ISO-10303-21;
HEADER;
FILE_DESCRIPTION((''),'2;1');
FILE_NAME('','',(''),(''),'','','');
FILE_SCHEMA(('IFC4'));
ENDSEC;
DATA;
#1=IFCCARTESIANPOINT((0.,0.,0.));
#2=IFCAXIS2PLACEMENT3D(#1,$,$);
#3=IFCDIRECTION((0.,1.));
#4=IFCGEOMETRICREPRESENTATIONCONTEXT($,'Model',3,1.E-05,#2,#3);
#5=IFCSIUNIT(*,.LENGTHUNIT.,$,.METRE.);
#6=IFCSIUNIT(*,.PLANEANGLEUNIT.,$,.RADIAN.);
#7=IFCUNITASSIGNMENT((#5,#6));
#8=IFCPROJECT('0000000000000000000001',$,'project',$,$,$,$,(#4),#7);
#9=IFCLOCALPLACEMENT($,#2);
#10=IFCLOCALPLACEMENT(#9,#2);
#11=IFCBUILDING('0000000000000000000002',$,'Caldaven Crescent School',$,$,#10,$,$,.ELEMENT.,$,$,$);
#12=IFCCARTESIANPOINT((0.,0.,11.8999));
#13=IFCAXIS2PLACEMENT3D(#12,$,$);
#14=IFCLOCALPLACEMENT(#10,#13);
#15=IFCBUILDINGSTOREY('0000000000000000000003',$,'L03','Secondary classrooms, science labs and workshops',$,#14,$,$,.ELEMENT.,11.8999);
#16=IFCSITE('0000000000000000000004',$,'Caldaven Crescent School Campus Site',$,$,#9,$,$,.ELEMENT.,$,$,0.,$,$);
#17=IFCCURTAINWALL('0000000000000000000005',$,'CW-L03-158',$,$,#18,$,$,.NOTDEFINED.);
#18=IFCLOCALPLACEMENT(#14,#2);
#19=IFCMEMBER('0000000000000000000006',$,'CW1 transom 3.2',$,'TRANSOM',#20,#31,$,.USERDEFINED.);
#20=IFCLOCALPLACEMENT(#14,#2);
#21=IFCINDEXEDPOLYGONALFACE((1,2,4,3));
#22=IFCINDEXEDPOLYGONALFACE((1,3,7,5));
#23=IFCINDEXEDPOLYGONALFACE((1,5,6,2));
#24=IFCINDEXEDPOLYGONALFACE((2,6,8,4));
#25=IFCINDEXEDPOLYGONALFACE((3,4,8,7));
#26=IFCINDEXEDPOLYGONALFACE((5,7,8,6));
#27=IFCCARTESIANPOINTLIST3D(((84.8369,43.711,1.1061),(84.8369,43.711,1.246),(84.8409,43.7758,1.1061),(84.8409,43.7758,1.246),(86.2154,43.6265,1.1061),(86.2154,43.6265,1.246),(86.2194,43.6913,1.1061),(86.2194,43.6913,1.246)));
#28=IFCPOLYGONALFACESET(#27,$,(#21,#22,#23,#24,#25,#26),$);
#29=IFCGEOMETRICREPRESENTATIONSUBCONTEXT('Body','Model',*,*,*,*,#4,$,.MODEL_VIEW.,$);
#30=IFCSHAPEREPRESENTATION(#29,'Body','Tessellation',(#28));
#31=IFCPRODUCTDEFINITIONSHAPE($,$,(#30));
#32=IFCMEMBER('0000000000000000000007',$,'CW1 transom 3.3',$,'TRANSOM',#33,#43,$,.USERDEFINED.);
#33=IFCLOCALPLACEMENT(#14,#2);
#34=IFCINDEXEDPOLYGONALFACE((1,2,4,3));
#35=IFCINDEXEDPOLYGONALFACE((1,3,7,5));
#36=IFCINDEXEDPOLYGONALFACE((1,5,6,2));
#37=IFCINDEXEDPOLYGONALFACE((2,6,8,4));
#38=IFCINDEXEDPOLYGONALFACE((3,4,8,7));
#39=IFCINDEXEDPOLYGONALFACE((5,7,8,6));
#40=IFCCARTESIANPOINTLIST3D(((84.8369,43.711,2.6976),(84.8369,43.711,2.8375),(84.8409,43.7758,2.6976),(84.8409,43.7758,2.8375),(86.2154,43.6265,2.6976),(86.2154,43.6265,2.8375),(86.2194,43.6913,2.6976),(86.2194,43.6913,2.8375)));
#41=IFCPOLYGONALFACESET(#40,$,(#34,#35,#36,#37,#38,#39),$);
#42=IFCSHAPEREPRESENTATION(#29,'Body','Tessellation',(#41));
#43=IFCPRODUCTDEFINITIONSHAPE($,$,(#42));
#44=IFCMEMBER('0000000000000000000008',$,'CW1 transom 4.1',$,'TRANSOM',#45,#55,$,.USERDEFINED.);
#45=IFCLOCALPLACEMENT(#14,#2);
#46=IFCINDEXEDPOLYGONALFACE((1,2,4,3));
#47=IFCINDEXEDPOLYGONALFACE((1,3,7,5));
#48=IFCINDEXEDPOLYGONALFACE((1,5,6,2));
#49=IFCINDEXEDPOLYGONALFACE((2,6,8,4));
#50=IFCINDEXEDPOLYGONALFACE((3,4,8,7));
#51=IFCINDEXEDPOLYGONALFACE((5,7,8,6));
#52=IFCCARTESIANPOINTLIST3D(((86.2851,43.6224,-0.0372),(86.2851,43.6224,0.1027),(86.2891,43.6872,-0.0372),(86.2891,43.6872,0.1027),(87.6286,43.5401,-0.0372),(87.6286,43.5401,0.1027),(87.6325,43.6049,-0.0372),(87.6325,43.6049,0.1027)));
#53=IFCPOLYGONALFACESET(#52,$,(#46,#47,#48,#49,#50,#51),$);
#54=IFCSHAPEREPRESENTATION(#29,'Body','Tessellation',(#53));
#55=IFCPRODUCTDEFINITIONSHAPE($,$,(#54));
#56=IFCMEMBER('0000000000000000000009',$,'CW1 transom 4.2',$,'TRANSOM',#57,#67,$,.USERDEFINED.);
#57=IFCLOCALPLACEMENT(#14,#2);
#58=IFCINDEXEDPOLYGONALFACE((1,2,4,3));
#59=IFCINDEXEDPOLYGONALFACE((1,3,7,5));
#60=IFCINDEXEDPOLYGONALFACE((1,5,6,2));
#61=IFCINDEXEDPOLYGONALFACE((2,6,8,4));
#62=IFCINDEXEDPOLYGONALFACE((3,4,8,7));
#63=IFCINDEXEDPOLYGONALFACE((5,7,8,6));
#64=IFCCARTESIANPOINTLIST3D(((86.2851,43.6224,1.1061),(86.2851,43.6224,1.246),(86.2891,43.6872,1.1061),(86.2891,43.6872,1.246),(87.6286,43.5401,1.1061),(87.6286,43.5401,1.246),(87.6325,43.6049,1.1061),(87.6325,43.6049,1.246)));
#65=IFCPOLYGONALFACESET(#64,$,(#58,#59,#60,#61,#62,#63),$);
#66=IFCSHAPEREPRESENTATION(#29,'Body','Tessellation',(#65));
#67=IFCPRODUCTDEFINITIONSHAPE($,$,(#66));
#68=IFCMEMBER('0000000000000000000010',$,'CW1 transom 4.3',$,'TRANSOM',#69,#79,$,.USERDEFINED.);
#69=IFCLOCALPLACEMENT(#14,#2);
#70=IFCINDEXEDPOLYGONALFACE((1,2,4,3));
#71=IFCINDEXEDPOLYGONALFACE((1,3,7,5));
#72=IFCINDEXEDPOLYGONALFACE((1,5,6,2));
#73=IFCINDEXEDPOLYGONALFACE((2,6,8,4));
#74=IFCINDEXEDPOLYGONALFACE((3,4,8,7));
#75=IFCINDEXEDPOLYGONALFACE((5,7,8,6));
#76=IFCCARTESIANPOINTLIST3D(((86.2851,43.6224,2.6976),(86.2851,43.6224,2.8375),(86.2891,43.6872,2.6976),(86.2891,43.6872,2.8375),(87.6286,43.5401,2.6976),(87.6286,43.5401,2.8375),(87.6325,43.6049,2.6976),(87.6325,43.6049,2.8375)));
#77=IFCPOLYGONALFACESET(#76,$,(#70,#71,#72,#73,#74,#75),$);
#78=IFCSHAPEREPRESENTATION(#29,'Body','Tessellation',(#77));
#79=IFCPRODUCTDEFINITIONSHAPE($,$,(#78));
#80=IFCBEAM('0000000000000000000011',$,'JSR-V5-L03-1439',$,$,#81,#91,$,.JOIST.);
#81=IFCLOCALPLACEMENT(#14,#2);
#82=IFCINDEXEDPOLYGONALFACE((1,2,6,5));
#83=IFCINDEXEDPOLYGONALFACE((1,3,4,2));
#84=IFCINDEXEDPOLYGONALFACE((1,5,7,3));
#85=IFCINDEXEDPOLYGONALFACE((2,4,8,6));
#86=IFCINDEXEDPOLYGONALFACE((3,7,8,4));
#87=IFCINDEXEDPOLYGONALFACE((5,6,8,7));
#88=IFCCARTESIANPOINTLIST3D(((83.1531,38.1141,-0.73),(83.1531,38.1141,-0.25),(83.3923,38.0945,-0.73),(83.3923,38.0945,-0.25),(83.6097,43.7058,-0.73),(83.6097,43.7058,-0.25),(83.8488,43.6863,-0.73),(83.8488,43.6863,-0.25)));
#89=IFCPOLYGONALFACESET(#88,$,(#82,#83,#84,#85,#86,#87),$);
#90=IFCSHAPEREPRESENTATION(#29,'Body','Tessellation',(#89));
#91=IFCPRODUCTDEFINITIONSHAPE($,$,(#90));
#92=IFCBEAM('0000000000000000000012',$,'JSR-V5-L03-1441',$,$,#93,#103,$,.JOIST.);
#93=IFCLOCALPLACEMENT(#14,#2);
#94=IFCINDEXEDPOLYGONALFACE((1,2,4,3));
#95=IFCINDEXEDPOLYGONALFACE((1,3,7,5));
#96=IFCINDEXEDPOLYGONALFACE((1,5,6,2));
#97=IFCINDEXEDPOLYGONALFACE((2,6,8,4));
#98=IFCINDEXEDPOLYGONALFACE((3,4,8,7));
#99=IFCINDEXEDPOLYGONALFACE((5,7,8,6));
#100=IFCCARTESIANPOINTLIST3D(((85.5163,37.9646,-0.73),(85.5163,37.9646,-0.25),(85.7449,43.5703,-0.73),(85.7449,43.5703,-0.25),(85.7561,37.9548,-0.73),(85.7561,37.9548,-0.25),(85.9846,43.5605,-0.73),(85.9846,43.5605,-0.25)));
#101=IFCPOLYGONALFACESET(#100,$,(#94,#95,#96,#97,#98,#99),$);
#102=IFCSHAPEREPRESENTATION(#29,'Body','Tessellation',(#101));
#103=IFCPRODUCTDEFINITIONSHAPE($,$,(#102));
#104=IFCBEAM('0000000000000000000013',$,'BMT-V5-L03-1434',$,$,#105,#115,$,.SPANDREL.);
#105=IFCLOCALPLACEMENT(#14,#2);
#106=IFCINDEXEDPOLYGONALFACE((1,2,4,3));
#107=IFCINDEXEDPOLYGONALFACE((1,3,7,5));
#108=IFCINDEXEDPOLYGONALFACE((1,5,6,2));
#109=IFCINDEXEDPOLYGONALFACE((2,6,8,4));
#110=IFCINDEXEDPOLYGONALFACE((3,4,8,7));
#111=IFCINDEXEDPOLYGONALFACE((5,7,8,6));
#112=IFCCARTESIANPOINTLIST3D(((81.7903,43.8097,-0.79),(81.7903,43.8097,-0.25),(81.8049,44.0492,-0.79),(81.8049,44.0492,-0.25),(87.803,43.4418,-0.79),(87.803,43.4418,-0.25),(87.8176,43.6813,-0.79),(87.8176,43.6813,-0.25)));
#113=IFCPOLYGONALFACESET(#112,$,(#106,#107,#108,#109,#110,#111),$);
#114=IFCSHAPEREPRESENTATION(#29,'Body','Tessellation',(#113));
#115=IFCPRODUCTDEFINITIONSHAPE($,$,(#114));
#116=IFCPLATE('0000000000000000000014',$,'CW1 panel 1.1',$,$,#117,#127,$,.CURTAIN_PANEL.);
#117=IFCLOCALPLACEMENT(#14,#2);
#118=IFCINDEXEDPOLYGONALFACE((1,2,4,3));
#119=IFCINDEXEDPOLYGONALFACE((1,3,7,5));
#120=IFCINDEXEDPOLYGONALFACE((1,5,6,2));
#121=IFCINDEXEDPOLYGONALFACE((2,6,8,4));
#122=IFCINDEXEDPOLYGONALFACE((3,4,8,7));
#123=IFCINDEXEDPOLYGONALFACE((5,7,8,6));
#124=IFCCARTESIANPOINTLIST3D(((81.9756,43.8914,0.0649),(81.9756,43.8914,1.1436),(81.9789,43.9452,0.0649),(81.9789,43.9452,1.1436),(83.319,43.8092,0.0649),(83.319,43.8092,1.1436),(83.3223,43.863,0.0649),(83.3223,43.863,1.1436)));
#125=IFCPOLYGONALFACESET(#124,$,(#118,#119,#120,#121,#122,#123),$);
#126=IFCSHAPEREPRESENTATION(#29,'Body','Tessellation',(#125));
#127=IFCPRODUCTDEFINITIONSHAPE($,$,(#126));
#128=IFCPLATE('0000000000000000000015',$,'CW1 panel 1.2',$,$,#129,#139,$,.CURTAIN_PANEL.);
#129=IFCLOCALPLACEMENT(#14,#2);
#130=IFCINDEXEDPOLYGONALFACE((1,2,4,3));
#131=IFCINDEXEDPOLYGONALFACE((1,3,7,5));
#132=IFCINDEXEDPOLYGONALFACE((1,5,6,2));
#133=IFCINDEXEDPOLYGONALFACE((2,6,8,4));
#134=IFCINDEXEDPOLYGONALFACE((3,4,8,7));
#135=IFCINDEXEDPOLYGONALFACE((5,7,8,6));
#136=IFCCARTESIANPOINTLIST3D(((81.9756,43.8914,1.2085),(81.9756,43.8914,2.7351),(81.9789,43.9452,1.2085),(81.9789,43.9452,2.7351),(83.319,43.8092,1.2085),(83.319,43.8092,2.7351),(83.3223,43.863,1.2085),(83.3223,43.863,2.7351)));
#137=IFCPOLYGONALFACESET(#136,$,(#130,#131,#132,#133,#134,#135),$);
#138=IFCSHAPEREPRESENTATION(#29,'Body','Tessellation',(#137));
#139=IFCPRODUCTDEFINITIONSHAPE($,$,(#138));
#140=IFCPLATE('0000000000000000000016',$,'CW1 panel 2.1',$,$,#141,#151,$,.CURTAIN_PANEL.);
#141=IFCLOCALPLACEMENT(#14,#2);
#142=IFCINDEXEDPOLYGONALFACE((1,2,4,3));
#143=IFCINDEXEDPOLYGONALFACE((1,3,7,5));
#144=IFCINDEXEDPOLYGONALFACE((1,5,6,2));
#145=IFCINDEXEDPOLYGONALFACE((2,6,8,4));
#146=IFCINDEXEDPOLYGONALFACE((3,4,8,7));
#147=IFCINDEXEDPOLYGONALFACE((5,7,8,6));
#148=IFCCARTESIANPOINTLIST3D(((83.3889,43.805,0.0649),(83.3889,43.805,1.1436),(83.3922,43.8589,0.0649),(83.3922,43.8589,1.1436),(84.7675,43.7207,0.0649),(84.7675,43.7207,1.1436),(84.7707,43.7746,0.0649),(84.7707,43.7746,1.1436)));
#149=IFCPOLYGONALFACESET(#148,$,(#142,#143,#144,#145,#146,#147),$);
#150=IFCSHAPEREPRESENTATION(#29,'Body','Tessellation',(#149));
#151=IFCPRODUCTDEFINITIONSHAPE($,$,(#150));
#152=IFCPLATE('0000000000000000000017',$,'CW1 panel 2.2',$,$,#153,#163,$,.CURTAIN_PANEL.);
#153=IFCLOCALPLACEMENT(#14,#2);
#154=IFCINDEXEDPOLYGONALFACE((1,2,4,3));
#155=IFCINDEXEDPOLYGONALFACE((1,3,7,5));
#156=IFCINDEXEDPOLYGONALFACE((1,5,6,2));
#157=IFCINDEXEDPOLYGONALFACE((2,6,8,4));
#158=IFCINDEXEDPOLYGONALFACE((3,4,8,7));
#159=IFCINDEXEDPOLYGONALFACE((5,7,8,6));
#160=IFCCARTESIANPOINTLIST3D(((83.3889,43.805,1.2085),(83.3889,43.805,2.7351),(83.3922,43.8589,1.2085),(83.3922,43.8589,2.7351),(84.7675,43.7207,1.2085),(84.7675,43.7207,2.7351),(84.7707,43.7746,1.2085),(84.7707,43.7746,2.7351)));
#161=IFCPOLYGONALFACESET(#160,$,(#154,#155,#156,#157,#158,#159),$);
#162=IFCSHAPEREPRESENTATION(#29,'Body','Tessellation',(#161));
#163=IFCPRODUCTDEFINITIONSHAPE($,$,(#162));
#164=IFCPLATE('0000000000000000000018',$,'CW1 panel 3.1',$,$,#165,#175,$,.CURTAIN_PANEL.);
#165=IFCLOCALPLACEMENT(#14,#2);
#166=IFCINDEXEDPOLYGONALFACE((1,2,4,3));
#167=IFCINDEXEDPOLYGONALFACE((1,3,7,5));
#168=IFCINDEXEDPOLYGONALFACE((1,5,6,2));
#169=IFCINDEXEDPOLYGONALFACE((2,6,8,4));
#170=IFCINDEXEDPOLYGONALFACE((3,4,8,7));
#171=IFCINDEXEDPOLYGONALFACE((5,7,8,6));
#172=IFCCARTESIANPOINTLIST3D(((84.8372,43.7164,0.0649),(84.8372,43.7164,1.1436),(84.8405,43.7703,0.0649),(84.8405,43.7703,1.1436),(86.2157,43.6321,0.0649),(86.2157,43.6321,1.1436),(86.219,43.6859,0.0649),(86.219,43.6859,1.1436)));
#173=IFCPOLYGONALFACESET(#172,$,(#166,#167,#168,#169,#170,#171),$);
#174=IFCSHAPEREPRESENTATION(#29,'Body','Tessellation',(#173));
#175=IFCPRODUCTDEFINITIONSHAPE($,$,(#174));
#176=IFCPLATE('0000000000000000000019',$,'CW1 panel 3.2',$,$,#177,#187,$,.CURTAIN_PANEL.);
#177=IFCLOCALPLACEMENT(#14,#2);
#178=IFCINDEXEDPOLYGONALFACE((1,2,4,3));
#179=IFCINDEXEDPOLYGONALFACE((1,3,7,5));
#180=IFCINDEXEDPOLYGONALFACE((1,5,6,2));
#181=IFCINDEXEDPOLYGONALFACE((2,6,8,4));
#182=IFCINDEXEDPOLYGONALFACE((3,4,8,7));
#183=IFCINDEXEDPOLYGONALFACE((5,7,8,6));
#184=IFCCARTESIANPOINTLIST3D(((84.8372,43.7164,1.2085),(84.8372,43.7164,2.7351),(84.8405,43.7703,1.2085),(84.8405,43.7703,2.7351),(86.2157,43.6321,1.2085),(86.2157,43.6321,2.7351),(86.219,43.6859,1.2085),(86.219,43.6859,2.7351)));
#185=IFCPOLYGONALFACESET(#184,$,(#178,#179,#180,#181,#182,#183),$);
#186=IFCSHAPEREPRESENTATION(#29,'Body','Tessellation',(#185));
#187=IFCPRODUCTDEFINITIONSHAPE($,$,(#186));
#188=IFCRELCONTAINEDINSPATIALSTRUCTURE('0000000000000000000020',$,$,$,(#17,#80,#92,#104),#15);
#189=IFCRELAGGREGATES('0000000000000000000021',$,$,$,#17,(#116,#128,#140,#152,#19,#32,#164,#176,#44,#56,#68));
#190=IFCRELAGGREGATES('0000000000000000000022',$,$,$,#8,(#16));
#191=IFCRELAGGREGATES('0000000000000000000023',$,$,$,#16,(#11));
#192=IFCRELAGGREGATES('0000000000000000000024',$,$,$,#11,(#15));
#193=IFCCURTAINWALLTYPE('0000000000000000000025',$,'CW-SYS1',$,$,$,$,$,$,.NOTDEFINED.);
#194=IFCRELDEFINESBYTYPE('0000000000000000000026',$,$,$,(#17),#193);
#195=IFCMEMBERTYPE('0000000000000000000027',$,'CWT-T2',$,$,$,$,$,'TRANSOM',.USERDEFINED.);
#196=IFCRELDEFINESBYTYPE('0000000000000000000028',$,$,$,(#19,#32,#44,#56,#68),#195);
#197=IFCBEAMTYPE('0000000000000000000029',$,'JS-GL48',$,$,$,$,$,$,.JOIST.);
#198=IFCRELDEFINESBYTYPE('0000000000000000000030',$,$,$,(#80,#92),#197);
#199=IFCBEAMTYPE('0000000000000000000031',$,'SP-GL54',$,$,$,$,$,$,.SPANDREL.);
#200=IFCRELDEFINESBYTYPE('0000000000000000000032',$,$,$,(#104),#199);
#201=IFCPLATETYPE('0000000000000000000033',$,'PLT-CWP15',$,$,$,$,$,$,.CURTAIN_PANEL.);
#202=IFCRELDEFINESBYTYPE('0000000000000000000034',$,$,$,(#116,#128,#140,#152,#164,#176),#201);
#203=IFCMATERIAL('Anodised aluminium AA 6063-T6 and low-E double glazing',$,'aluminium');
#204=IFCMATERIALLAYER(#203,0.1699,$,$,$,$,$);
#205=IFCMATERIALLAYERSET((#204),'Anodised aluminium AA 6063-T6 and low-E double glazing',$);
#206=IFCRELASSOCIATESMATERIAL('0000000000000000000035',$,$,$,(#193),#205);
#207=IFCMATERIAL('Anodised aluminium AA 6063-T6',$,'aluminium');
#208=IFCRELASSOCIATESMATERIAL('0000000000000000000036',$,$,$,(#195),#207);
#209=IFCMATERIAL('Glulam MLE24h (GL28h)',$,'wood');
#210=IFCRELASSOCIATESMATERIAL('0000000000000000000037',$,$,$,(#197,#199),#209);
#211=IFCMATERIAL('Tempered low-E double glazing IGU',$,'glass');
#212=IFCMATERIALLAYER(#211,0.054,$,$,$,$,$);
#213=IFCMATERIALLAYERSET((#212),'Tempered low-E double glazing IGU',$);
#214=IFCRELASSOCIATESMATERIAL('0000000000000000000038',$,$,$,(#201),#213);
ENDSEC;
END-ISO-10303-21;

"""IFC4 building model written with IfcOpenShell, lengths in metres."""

from ifc_helpers import new_model, si_unit, direction, frame, origin, origin_2d, place, context, subcontext, project, spatial, rectangle, extrude, material, layer, layer_set, material_profile, profile_set, type_object, element, aggregate, save


model = new_model("IFC4")

# Units and contexts
model_context = context("Model", 3, precision=1e-05, world=origin(), true_north=direction((0.0, 1.0)))
body_context = subcontext(model_context, "Body", "Model", "MODEL_VIEW")
ifc_project = project(units=[si_unit("LENGTHUNIT", "METRE"), si_unit("PLANEANGLEUNIT", "RADIAN")], contexts=[model_context])

# Site, building, storey
site_placement = place(None, origin())
site = spatial("IfcSite", under=ifc_project, at=site_placement, Name="Caldaven Crescent School Campus Site", CompositionType="ELEMENT", RefElevation=0.0)
building_placement = place(site_placement, origin())
building = spatial("IfcBuilding", under=site, at=building_placement, Name="Caldaven Crescent School", CompositionType="ELEMENT")
storey_placement = place(building_placement, frame((0.0, 0.0, 11.8999)))
storey = spatial("IfcBuildingStorey", under=building, at=storey_placement, Name="L03", Description="Secondary classrooms, science labs and workshops", CompositionType="ELEMENT", Elevation=11.8999)

# Shared definitions
ifc_material_1 = material(Name="Glulam MLE24h (GL28h)", Category="wood")

# Shared definitions
ifc_material_2 = material(Name="Anodised aluminium AA 6063-T6 and low-E double glazing", Category="aluminium")
ifc_material_3 = material(Name="Anodised aluminium AA 6063-T6", Category="aluminium")

# Curtain wall, members
ifc_layer_1 = layer(ifc_material_2, 0.1699)
ifc_layer_set_1 = layer_set([ifc_layer_1], Name="Anodised aluminium AA 6063-T6 and low-E double glazing")
curtain_wall_type_1 = type_object("IfcCurtainWallType", Name="CW-SYS1", PredefinedType="NOTDEFINED", material=ifc_layer_set_1)
curtain_wall_1_placement = place(storey_placement, origin())
curtain_wall_1 = element("IfcCurtainWall", 1, at=curtain_wall_1_placement, inside=storey, type_object=curtain_wall_type_1, Name="CW-L03-158", PredefinedType="NOTDEFINED")
ifc_material_profile_1 = material_profile(ifc_material_3, rectangle(XDim=0.0649, YDim=0.1399, at=origin_2d()), Name="CWT 65x140")
ifc_profile_set_1 = profile_set([ifc_material_profile_1], Name="Anodised aluminium AA 6063-T6")
member_type_1 = type_object("IfcMemberType", Name="CWT-T2", ElementType="TRANSOM", PredefinedType="USERDEFINED", material=ifc_profile_set_1)
member_1_placement = place(storey_placement, frame((84.8389, 43.7434, 1.176), z_axis=(0.998128, -0.061168, 0.0), x_axis=(0.061168, 0.998128, 0.0)))
member_1 = element("IfcMember", 2, at=member_1_placement, type_object=member_type_1, Name="CW1 transom 3.2", ObjectType="TRANSOM", PredefinedType="USERDEFINED", context=body_context, shape_type="SweptSolid", body=[
    extrude(rectangle(XDim=0.0649, YDim=0.1399, at=origin_2d()), origin(), (0.0, 0.0, 1.0), 1.3811),
])
member_2_placement = place(storey_placement, frame((84.8389, 43.7434, 2.7676), z_axis=(0.998128, -0.061168, 0.0), x_axis=(0.061168, 0.998128, 0.0)))
member_2 = element("IfcMember", 3, at=member_2_placement, type_object=member_type_1, Name="CW1 transom 3.3", ObjectType="TRANSOM", PredefinedType="USERDEFINED", context=body_context, shape_type="SweptSolid", body=[
    extrude(rectangle(XDim=0.0649, YDim=0.1399, at=origin_2d()), origin(), (0.0, 0.0, 1.0), 1.3811),
])
member_3_placement = place(storey_placement, frame((86.2871, 43.6548, 0.0327), z_axis=(0.99813, -0.061125, 0.0), x_axis=(0.061125, 0.99813, 0.0)))
member_3 = element("IfcMember", 4, at=member_3_placement, type_object=member_type_1, Name="CW1 transom 4.1", ObjectType="TRANSOM", PredefinedType="USERDEFINED", context=body_context, shape_type="SweptSolid", body=[
    extrude(rectangle(XDim=0.0649, YDim=0.1399, at=origin_2d()), origin(), (0.0, 0.0, 1.0), 1.3459),
])
member_4_placement = place(storey_placement, frame((86.2871, 43.6548, 1.176), z_axis=(0.99813, -0.061125, 0.0), x_axis=(0.061125, 0.99813, 0.0)))
member_4 = element("IfcMember", 5, at=member_4_placement, type_object=member_type_1, Name="CW1 transom 4.2", ObjectType="TRANSOM", PredefinedType="USERDEFINED", context=body_context, shape_type="SweptSolid", body=[
    extrude(rectangle(XDim=0.0649, YDim=0.1399, at=origin_2d()), origin(), (0.0, 0.0, 1.0), 1.3459),
])
member_5_placement = place(storey_placement, frame((86.2871, 43.6548, 2.7676), z_axis=(0.99813, -0.061125, 0.0), x_axis=(0.061125, 0.99813, 0.0)))
member_5 = element("IfcMember", 6, at=member_5_placement, type_object=member_type_1, Name="CW1 transom 4.3", ObjectType="TRANSOM", PredefinedType="USERDEFINED", context=body_context, shape_type="SweptSolid", body=[
    extrude(rectangle(XDim=0.0649, YDim=0.1399, at=origin_2d()), origin(), (0.0, 0.0, 1.0), 1.3459),
])

# Beams
ifc_material_profile_2 = material_profile(ifc_material_1, rectangle(XDim=0.24, YDim=0.48, at=origin_2d()), Name="MLE 240x480")
ifc_profile_set_2 = profile_set([ifc_material_profile_2], Name="Glulam MLE24h (GL28h)")
beam_type_1 = type_object("IfcBeamType", Name="JS-GL48", PredefinedType="JOIST", material=ifc_profile_set_2)
for number, where, z_axis, x_axis, name in (
    (7, (83.7292, 43.696, -0.49), (-0.081374, -0.996684, 0.0), (0.996684, -0.081374, 0.0), "JSR-V5-L03-1439"),
    (8, (85.8647, 43.5654, -0.49), (-0.040731, -0.99917, 0.0), (0.99917, -0.040731, 0.0), "JSR-V5-L03-1441"),
):
    element("IfcBeam", number, at=place(storey_placement, frame(where, z_axis=z_axis, x_axis=x_axis)), inside=storey, type_object=beam_type_1, Name=name, PredefinedType="JOIST", context=body_context, shape_type="SweptSolid", body=[
        extrude(rectangle(XDim=0.24, YDim=0.48, at=origin_2d()), origin(), (0.0, 0.0, 1.0), 5.6104),
    ])
ifc_material_profile_3 = material_profile(ifc_material_1, rectangle(XDim=0.24, YDim=0.54, at=origin_2d()), Name="MLE 240x540")
ifc_profile_set_3 = profile_set([ifc_material_profile_3], Name="Glulam MLE24h (GL28h)")
beam_type_2 = type_object("IfcBeamType", Name="SP-GL54", PredefinedType="SPANDREL", material=ifc_profile_set_3)
beam_1_placement = place(storey_placement, frame((81.7976, 43.9294, -0.52), z_axis=(0.998133, -0.061076, 0.0), x_axis=(0.061076, 0.998133, 0.0)))
element("IfcBeam", 9, at=beam_1_placement, inside=storey, type_object=beam_type_2, Name="BMT-V5-L03-1434", PredefinedType="SPANDREL", context=body_context, shape_type="SweptSolid", body=[
    extrude(rectangle(XDim=0.24, YDim=0.54, at=origin_2d()), origin(), (0.0, 0.0, 1.0), 6.0239),
])

# Plates
ifc_material_4 = material(Name="Tempered low-E double glazing IGU", Category="glass")
ifc_layer_2 = layer(ifc_material_4, 0.054)
ifc_layer_set_2 = layer_set([ifc_layer_2], Name="Tempered low-E double glazing IGU")
plate_type = type_object("IfcPlateType", Name="PLT-CWP15", PredefinedType="CURTAIN_PANEL", material=ifc_layer_set_2)
plate_1_placement = place(storey_placement, frame((82.6489, 43.8772, 0.0649), z_axis=(0.0, 0.0, 1.0), x_axis=(0.998135, -0.061049, 0.0)))
plate_1 = element("IfcPlate", 10, at=plate_1_placement, type_object=plate_type, Name="CW1 panel 1.1", PredefinedType="CURTAIN_PANEL", context=body_context, shape_type="SweptSolid", body=[
    extrude(rectangle(XDim=1.3459, YDim=0.054, at=origin_2d()), origin(), (0.0, 0.0, 1.0), 1.0786),
])
plate_2_placement = place(storey_placement, frame((82.6489, 43.8772, 1.2085), z_axis=(0.0, 0.0, 1.0), x_axis=(0.998135, -0.061049, 0.0)))
plate_2 = element("IfcPlate", 11, at=plate_2_placement, type_object=plate_type, Name="CW1 panel 1.2", PredefinedType="CURTAIN_PANEL", context=body_context, shape_type="SweptSolid", body=[
    extrude(rectangle(XDim=1.3459, YDim=0.054, at=origin_2d()), origin(), (0.0, 0.0, 1.0), 1.5266),
])
plate_3_placement = place(storey_placement, frame((84.0798, 43.7898, 0.0649), z_axis=(0.0, 0.0, 1.0), x_axis=(0.998135, -0.061049, 0.0)))
plate_3 = element("IfcPlate", 12, at=plate_3_placement, type_object=plate_type, Name="CW1 panel 2.1", PredefinedType="CURTAIN_PANEL", context=body_context, shape_type="SweptSolid", body=[
    extrude(rectangle(XDim=1.3811, YDim=0.054, at=origin_2d()), origin(), (0.0, 0.0, 1.0), 1.0786),
])
plate_4_placement = place(storey_placement, frame((84.0798, 43.7898, 1.2085), z_axis=(0.0, 0.0, 1.0), x_axis=(0.998135, -0.061049, 0.0)))
plate_4 = element("IfcPlate", 13, at=plate_4_placement, type_object=plate_type, Name="CW1 panel 2.2", PredefinedType="CURTAIN_PANEL", context=body_context, shape_type="SweptSolid", body=[
    extrude(rectangle(XDim=1.3811, YDim=0.054, at=origin_2d()), origin(), (0.0, 0.0, 1.0), 1.5266),
])
plate_5_placement = place(storey_placement, frame((85.5281, 43.7012, 0.0649), z_axis=(0.0, 0.0, 1.0), x_axis=(0.998135, -0.061049, 0.0)))
plate_5 = element("IfcPlate", 14, at=plate_5_placement, type_object=plate_type, Name="CW1 panel 3.1", PredefinedType="CURTAIN_PANEL", context=body_context, shape_type="SweptSolid", body=[
    extrude(rectangle(XDim=1.3811, YDim=0.054, at=origin_2d()), origin(), (0.0, 0.0, 1.0), 1.0786),
])
plate_6_placement = place(storey_placement, frame((85.5281, 43.7012, 1.2085), z_axis=(0.0, 0.0, 1.0), x_axis=(0.998135, -0.061049, 0.0)))
plate_6 = element("IfcPlate", 15, at=plate_6_placement, type_object=plate_type, Name="CW1 panel 3.2", PredefinedType="CURTAIN_PANEL", context=body_context, shape_type="SweptSolid", body=[
    extrude(rectangle(XDim=1.3811, YDim=0.054, at=origin_2d()), origin(), (0.0, 0.0, 1.0), 1.5266),
])
aggregate(curtain_wall_1, [plate_1, plate_2, plate_3, plate_4, member_1, member_2, plate_5, plate_6, member_3, member_4, member_5])

save(model, "model.ifc")
